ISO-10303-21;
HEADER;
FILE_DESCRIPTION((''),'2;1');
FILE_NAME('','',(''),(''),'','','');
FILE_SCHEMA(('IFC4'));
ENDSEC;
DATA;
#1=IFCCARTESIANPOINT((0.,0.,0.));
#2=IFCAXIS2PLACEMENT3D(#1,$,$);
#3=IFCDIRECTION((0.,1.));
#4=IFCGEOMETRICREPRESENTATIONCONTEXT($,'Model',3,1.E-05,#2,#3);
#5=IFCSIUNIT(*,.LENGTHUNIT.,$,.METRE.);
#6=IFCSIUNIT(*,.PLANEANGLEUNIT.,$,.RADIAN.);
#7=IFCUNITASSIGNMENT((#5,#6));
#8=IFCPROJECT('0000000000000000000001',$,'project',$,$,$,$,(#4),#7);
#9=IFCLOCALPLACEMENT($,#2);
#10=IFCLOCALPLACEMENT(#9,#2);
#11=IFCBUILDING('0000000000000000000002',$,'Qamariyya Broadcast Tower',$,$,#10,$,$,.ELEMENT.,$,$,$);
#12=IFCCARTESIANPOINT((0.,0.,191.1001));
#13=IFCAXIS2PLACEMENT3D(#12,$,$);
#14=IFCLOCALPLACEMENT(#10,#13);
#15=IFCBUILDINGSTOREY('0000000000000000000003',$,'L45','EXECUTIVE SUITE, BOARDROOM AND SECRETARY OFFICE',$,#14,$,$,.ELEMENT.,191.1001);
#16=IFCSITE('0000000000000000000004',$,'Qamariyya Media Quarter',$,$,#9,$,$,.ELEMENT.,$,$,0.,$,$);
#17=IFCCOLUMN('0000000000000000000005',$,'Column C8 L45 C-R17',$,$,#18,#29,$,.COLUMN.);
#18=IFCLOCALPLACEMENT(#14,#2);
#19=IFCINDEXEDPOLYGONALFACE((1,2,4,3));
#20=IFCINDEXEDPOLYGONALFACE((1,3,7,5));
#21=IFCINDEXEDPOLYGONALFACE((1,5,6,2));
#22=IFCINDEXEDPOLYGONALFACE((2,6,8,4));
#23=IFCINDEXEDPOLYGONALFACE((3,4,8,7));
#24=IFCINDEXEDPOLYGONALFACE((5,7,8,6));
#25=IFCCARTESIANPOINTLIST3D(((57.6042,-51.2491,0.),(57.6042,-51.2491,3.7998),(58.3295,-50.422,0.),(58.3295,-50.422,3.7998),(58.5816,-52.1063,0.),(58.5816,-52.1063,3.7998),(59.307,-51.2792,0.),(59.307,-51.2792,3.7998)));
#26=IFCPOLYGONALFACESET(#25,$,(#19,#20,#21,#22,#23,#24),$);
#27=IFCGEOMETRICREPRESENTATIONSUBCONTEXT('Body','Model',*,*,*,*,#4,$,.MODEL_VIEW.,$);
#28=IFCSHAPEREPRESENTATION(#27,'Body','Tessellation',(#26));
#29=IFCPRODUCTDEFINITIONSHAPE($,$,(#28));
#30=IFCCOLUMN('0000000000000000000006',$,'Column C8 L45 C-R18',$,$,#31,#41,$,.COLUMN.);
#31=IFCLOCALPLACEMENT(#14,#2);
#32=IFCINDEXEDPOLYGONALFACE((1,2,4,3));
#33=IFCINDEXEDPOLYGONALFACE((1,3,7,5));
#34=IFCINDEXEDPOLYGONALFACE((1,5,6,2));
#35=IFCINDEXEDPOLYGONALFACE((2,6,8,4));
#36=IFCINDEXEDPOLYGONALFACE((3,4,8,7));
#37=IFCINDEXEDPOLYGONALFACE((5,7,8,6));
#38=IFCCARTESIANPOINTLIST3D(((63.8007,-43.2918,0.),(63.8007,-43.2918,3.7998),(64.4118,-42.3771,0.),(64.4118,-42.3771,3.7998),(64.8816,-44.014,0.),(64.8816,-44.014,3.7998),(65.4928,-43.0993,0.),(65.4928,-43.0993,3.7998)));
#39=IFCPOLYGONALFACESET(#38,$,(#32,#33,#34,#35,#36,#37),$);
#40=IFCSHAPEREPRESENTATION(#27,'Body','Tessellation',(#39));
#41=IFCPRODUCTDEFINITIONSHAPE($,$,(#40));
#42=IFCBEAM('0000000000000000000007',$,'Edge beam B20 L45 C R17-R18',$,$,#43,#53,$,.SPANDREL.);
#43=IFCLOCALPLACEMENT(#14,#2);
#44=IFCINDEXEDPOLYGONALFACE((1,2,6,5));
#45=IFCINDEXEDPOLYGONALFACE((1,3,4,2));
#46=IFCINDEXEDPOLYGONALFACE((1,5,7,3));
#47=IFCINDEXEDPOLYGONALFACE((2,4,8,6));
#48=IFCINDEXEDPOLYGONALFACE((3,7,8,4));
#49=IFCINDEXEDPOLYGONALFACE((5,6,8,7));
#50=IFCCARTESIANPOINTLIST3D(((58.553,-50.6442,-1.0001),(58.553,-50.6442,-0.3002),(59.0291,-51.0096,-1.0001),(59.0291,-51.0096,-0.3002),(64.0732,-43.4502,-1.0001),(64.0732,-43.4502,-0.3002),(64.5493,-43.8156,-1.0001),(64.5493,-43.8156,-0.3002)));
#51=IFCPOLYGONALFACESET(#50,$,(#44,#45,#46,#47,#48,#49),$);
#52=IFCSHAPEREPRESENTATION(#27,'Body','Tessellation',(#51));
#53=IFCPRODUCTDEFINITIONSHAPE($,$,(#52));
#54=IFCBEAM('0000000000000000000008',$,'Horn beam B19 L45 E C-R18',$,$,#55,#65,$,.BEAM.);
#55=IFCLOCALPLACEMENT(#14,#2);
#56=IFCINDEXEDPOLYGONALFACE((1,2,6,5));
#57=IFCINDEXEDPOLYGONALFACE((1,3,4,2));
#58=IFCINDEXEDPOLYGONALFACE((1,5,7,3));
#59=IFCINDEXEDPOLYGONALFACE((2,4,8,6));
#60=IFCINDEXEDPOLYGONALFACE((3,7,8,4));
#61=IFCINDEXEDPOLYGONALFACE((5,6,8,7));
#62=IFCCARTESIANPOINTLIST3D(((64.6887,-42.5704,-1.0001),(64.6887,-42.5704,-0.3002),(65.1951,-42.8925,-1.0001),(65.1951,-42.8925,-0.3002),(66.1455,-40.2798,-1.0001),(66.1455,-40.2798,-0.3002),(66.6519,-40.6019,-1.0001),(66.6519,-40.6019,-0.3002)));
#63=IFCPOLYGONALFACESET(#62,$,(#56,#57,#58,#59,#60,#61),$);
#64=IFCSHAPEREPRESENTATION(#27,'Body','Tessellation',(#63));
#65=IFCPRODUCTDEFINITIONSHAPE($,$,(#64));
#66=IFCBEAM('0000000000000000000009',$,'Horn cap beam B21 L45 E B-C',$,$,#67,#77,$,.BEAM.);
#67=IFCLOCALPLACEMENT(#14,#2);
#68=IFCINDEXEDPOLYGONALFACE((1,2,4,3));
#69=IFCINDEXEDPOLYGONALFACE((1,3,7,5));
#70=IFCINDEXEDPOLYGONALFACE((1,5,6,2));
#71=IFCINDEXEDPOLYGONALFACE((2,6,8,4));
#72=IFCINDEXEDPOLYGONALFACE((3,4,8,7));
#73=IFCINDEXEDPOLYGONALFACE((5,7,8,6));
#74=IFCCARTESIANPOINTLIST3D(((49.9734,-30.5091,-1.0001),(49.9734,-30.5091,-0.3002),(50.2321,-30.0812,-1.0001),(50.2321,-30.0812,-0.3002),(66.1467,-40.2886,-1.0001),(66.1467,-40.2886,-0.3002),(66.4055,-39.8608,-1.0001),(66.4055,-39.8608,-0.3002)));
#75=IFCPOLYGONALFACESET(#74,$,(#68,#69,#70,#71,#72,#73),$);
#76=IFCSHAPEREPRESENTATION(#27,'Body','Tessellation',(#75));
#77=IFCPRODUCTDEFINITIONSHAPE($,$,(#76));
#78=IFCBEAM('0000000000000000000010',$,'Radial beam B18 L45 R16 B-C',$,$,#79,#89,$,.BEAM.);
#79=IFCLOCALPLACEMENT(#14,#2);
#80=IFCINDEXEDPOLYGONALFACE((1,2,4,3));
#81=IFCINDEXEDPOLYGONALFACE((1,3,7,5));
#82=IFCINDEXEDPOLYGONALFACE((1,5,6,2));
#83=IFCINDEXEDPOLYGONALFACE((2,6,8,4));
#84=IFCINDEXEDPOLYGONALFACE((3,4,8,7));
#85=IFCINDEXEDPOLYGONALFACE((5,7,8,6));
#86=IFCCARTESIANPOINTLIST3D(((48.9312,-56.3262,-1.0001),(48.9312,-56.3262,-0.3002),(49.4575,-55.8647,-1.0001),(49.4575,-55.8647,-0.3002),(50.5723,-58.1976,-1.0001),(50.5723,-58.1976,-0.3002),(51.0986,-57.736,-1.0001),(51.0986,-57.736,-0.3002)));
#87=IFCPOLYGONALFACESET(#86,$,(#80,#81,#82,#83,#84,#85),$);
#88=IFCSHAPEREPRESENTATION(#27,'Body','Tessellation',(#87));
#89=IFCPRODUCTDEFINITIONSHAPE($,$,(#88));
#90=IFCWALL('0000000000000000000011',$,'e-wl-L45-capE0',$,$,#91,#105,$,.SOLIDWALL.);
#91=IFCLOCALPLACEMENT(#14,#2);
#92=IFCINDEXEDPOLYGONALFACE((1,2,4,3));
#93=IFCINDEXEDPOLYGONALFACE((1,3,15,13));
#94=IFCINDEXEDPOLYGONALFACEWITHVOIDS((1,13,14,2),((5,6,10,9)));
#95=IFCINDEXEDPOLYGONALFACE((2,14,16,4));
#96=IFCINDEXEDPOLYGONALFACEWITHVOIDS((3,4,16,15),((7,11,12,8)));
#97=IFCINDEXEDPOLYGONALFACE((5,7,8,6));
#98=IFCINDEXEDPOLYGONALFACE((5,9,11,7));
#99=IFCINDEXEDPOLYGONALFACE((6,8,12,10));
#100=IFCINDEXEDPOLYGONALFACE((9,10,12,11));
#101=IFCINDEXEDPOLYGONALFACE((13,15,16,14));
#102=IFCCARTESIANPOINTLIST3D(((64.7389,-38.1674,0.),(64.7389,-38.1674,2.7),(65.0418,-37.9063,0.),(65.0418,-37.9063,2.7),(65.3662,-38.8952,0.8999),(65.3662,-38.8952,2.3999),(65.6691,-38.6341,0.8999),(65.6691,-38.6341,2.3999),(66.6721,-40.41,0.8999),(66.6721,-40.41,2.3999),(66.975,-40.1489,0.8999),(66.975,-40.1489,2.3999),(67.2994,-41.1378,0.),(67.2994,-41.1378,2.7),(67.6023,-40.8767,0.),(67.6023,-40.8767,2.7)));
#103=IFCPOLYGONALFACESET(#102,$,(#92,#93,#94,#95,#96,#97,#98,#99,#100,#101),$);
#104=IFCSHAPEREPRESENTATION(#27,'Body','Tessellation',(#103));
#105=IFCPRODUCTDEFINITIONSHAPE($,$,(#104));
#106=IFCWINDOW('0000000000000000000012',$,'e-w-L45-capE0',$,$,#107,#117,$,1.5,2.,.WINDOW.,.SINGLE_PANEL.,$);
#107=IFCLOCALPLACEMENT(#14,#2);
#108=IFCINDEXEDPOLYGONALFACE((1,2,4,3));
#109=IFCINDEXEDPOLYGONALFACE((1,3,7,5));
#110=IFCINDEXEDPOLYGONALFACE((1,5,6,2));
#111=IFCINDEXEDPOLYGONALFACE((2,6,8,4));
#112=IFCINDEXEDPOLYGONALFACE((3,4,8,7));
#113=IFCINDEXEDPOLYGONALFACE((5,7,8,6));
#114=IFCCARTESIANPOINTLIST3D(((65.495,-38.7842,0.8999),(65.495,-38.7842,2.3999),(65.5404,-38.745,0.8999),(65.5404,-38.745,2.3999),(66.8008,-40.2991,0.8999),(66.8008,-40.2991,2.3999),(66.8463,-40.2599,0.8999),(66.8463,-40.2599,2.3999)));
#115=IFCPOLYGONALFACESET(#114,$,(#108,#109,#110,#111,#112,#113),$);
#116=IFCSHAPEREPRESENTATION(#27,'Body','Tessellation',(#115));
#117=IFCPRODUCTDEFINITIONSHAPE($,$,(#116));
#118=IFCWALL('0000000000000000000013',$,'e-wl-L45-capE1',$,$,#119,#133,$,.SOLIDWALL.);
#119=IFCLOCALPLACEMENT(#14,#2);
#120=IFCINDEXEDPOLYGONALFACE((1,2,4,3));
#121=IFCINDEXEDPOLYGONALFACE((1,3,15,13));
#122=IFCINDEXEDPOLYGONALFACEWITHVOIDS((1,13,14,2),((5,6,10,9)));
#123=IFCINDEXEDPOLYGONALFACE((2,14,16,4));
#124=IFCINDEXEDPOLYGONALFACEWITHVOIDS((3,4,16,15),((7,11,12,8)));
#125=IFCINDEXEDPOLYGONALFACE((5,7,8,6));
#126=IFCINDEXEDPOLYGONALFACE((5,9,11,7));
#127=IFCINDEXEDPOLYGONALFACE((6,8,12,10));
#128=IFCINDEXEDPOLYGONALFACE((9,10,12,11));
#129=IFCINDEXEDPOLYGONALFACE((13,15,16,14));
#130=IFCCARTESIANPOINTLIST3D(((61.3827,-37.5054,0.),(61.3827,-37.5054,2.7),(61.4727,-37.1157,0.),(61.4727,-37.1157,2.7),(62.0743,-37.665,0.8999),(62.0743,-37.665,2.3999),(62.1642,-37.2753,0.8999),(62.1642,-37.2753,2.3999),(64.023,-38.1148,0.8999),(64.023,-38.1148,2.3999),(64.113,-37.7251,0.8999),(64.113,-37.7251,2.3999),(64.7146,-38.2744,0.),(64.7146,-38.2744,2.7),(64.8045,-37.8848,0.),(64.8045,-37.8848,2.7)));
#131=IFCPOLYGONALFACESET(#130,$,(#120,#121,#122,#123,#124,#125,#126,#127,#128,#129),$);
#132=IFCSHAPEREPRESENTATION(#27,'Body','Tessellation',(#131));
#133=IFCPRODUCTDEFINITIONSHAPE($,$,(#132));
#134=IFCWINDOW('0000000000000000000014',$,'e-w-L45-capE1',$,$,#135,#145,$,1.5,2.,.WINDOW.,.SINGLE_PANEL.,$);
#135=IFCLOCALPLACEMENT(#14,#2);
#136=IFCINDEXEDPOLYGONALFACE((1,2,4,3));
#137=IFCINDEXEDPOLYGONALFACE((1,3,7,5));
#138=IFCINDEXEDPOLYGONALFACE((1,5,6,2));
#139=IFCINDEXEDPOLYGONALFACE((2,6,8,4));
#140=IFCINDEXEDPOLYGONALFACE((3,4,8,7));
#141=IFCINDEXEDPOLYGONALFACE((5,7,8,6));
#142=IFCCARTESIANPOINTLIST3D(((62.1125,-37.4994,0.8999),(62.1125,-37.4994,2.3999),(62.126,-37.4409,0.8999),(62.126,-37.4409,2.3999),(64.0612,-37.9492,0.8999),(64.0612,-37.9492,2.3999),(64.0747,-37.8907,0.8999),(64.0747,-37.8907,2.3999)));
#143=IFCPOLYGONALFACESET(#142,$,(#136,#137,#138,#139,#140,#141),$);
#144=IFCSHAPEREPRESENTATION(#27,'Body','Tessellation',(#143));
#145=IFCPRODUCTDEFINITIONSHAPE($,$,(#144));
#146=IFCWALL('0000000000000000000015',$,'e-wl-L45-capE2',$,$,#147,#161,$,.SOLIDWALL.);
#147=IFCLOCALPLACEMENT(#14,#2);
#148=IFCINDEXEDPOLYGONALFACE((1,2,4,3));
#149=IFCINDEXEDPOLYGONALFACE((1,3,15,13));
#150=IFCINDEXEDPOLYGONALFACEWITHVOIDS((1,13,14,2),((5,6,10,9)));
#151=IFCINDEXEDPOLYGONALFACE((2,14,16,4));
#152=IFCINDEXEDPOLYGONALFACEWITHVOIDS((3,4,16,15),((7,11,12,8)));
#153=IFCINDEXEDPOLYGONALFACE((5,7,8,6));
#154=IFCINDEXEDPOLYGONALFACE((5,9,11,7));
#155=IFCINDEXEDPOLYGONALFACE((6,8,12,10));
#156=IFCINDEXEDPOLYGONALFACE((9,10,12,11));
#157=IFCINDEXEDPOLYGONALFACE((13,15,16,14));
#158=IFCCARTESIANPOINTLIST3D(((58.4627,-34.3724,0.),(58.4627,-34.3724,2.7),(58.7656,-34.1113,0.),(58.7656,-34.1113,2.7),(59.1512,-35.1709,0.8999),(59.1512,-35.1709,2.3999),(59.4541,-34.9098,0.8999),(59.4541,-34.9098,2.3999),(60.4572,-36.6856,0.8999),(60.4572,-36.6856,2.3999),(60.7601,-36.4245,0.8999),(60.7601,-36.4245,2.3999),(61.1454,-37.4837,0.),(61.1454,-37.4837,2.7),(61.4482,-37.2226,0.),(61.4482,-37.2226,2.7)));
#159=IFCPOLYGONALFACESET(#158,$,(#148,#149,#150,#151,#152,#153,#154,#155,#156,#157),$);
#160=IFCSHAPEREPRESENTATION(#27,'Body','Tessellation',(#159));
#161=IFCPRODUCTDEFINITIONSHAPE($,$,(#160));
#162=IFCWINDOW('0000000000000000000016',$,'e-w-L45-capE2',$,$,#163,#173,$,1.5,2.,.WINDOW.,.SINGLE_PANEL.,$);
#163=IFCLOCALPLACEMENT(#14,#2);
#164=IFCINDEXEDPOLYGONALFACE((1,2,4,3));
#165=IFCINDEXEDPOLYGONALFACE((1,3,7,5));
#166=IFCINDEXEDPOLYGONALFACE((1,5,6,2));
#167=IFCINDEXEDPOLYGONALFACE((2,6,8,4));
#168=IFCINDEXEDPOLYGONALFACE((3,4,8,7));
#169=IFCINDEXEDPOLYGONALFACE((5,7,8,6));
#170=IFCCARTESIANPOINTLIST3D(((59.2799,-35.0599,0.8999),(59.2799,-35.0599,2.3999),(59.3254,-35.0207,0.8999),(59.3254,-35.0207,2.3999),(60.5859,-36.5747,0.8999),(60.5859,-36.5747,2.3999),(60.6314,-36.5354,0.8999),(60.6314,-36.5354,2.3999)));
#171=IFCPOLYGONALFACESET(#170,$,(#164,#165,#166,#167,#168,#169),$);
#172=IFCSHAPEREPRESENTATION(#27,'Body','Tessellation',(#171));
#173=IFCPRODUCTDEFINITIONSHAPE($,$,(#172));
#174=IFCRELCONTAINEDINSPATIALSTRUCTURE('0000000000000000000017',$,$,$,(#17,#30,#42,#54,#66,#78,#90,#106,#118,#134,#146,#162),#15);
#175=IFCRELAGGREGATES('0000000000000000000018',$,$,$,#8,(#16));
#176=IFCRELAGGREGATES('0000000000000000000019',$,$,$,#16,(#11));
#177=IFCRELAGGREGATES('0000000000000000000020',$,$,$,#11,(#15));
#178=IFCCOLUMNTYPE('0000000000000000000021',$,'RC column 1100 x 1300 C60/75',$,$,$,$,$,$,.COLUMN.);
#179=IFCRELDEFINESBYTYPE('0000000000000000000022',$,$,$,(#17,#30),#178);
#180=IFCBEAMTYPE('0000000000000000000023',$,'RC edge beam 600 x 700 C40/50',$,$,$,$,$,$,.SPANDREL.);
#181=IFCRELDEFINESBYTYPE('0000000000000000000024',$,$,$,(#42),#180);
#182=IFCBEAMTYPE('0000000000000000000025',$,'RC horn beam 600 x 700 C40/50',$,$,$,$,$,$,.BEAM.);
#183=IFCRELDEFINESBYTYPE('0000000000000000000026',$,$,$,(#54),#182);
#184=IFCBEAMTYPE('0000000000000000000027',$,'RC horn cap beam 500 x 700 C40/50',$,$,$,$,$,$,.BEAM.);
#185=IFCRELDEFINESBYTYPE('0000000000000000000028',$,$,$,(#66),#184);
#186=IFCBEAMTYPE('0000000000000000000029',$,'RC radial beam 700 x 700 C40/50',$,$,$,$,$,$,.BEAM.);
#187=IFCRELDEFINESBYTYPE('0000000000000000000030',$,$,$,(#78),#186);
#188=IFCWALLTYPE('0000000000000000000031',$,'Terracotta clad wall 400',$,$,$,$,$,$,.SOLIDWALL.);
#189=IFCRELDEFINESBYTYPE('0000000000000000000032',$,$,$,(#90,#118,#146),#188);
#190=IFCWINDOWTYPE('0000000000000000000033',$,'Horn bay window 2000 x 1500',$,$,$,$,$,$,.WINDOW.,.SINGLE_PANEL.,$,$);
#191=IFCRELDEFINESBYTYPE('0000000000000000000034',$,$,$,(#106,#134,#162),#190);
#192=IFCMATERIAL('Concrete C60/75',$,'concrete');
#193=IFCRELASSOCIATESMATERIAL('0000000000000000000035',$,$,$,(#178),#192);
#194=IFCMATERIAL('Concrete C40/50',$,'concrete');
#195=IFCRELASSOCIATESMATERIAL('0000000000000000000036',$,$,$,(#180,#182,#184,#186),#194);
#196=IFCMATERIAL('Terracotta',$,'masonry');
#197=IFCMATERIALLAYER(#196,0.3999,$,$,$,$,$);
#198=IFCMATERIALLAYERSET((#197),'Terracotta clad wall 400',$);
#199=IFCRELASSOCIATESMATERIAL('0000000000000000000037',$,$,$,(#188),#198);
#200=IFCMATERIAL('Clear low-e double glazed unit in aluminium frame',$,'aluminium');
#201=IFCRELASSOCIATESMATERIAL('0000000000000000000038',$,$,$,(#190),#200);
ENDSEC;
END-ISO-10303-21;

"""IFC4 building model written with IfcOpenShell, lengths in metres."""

from ifc_helpers import new_model, si_unit, direction, frame, frame_2d, origin, origin_2d, place, context, subcontext, project, spatial, rectangle, extrude, material, layer, layer_set, material_profile, profile_set, type_object, element, fill, save


model = new_model("IFC4")

# Units and contexts
model_context = context("Model", 3, precision=1e-05, world=origin(), true_north=direction((0.0, 1.0)))
body_context = subcontext(model_context, "Body", "Model", "MODEL_VIEW")
ifc_project = project(units=[si_unit("LENGTHUNIT", "METRE"), si_unit("PLANEANGLEUNIT", "RADIAN")], contexts=[model_context])

# Site, building, storey
site_placement = place(None, origin())
site = spatial("IfcSite", under=ifc_project, at=site_placement, Name="Qamariyya Media Quarter", CompositionType="ELEMENT", RefElevation=0.0)
building_placement = place(site_placement, origin())
building = spatial("IfcBuilding", under=site, at=building_placement, Name="Qamariyya Broadcast Tower", CompositionType="ELEMENT")
storey_placement = place(building_placement, frame((0.0, 0.0, 191.1001)))
storey = spatial("IfcBuildingStorey", under=building, at=storey_placement, Name="L45", Description="EXECUTIVE SUITE, BOARDROOM AND SECRETARY OFFICE", CompositionType="ELEMENT", Elevation=191.1001)

# Columns
ifc_material_1 = material(Name="Concrete C60/75", Category="concrete")
ifc_material_profile_1 = material_profile(ifc_material_1, rectangle(XDim=1.1001, YDim=1.3, at=origin_2d()))
ifc_profile_set_1 = profile_set([ifc_material_profile_1], Name="Concrete C60/75")
column_type = type_object("IfcColumnType", Name="RC column 1100 x 1300 C60/75", PredefinedType="COLUMN", material=ifc_profile_set_1)
for number, where, z_axis, x_axis, name in (
    (1, (58.4556, -51.2642, 0.0), (0.0, 0.0, 1.0), (0.659346, 0.75184, 0.0), "Column C8 L45 C-R17"),
    (2, (64.6467, -43.1956, 0.0), (0.0, 0.0, 1.0), (0.55557, 0.83147, 0.0), "Column C8 L45 C-R18"),
):
    element("IfcColumn", number, at=place(storey_placement, frame(where, z_axis=z_axis, x_axis=x_axis)), inside=storey, type_object=column_type, Name=name, PredefinedType="COLUMN", context=body_context, shape_type="SweptSolid", body=[
        extrude(rectangle(XDim=1.1001, YDim=1.3, at=origin_2d()), origin(), (0.0, 0.0, 1.0), 3.7998),
    ])

# Beams
ifc_material_2 = material(Name="Concrete C40/50", Category="concrete")
ifc_material_profile_2 = material_profile(ifc_material_2, rectangle(XDim=0.6001, YDim=0.7, at=origin_2d()))
ifc_profile_set_2 = profile_set([ifc_material_profile_2], Name="Concrete C40/50")
beam_type_1 = type_object("IfcBeamType", Name="RC edge beam 600 x 700 C40/50", PredefinedType="SPANDREL", material=ifc_profile_set_2)
beam_1_placement = place(storey_placement, frame((58.791, -50.8269, -0.6501), z_axis=(0.608764, 0.793351, 0.0), x_axis=(-0.793351, 0.608764, 0.0)))
element("IfcBeam", 3, at=beam_1_placement, inside=storey, type_object=beam_type_1, Name="Edge beam B20 L45 C R17-R18", PredefinedType="SPANDREL", context=body_context, shape_type="SweptSolid", body=[
    extrude(rectangle(XDim=0.6001, YDim=0.7, at=origin_2d()), origin(), (0.0, 0.0, 1.0), 9.0679),
])
ifc_material_profile_3 = material_profile(ifc_material_2, rectangle(XDim=0.6001, YDim=0.7, at=origin_2d()))
ifc_profile_set_3 = profile_set([ifc_material_profile_3], Name="Concrete C40/50")
beam_type_2 = type_object("IfcBeamType", Name="RC horn beam 600 x 700 C40/50", PredefinedType="BEAM", material=ifc_profile_set_3)
beam_2_placement = place(storey_placement, frame((64.9419, -42.7314, -0.6501), z_axis=(0.53666, 0.843798, 0.0), x_axis=(-0.843798, 0.53666, 0.0)))
element("IfcBeam", 4, at=beam_2_placement, inside=storey, type_object=beam_type_2, Name="Horn beam B19 L45 E C-R18", PredefinedType="BEAM", context=body_context, shape_type="SweptSolid", body=[
    extrude(rectangle(XDim=0.6001, YDim=0.7, at=origin_2d()), origin(), (0.0, 0.0, 1.0), 2.7146),
])
ifc_material_profile_4 = material_profile(ifc_material_2, rectangle(XDim=0.5, YDim=0.7, at=origin_2d()))
ifc_profile_set_4 = profile_set([ifc_material_profile_4], Name="Concrete C40/50")
beam_type_3 = type_object("IfcBeamType", Name="RC horn cap beam 500 x 700 C40/50", PredefinedType="BEAM", material=ifc_profile_set_4)
beam_3_placement = place(storey_placement, frame((50.1028, -30.2952, -0.6501), z_axis=(0.855725, -0.517431, 0.0), x_axis=(0.517431, 0.855725, 0.0)))
element("IfcBeam", 5, at=beam_3_placement, inside=storey, type_object=beam_type_3, Name="Horn cap beam B21 L45 E B-C", PredefinedType="BEAM", context=body_context, shape_type="SweptSolid", body=[
    extrude(rectangle(XDim=0.5, YDim=0.7, at=origin_2d()), origin(), (0.0, 0.0, 1.0), 18.9001),
])
ifc_material_profile_5 = material_profile(ifc_material_2, rectangle(XDim=0.7, YDim=0.7, at=origin_2d()))
ifc_profile_set_5 = profile_set([ifc_material_profile_5], Name="Concrete C40/50")
beam_type_4 = type_object("IfcBeamType", Name="RC radial beam 700 x 700 C40/50", PredefinedType="BEAM", material=ifc_profile_set_5)
beam_4_placement = place(storey_placement, frame((49.1943, -56.0955, -0.6501), z_axis=(0.659344, -0.751841, 0.0), x_axis=(0.751841, 0.659344, 0.0)))
element("IfcBeam", 6, at=beam_4_placement, inside=storey, type_object=beam_type_4, Name="Radial beam B18 L45 R16 B-C", PredefinedType="BEAM", context=body_context, shape_type="SweptSolid", body=[
    extrude(rectangle(XDim=0.7, YDim=0.7, at=origin_2d()), origin(), (0.0, 0.0, 1.0), 2.489),
])

# Walls, openings, windows
ifc_material_3 = material(Name="Terracotta", Category="masonry")
ifc_layer = layer(ifc_material_3, 0.3999)
ifc_layer_set = layer_set([ifc_layer], Name="Terracotta clad wall 400")
wall_type = type_object("IfcWallType", Name="Terracotta clad wall 400", PredefinedType="SOLIDWALL", material=ifc_layer_set)
wall_1_placement = place(storey_placement, frame((67.4509, -41.0073, 0.0), z_axis=(0.0, 0.0, 1.0), x_axis=(-0.652911, 0.757434, 0.0)))
wall_1 = element("IfcWall", 7, at=wall_1_placement, inside=storey, type_object=wall_type, Name="e-wl-L45-capE0", PredefinedType="SOLIDWALL", context=body_context, shape_type="SweptSolid", body=[
    extrude(rectangle(XDim=3.9216, YDim=0.3999, at=frame_2d((1.9609, 0.0))), origin(), (0.0, 0.0, 1.0), 2.7),
])
opening_1_placement = place(wall_1_placement, frame((0.9609, 0.0, 0.8999)))
opening_1 = element("IfcOpeningElement", 8, at=opening_1_placement, cuts=wall_1, PredefinedType="OPENING", context=body_context, shape_type="SweptSolid", body=[
    extrude(rectangle(XDim=2.0, YDim=1.5, at=frame_2d((1.0, 0.75))), frame((0.0, 0.21, 0.0), z_axis=(0.0, -1.0, 0.0), x_axis=(1.0, 0.0, 0.0)), (0.0, 0.0, 1.0), 0.4199),
])
ifc_material_4 = material(Name="Clear low-e double glazed unit in aluminium frame", Category="aluminium")
window_type = type_object("IfcWindowType", Name="Horn bay window 2000 x 1500", PartitioningType="SINGLE_PANEL", PredefinedType="WINDOW", material=ifc_material_4)
window_1_placement = place(opening_1_placement, origin())
window_1 = element("IfcWindow", 9, at=window_1_placement, inside=storey, type_object=window_type, Name="e-w-L45-capE0", OverallHeight=1.5, OverallWidth=2.0, PartitioningType="SINGLE_PANEL", PredefinedType="WINDOW", context=body_context, shape_type="SweptSolid", body=[
    extrude(rectangle(XDim=2.0, YDim=1.5, at=frame_2d((1.0, 0.75))), frame((0.0, 0.03, 0.0), z_axis=(0.0, -1.0, 0.0), x_axis=(1.0, 0.0, 0.0)), (0.0, 0.0, 1.0), 0.0601),
])
fill(opening_1, window_1)
wall_2_placement = place(storey_placement, frame((64.7595, -38.0796, 0.0), z_axis=(0.0, 0.0, 1.0), x_axis=(-0.97438, 0.224906, 0.0)))
wall_2 = element("IfcWall", 10, at=wall_2_placement, inside=storey, type_object=wall_type, Name="e-wl-L45-capE1", PredefinedType="SOLIDWALL", context=body_context, shape_type="SweptSolid", body=[
    extrude(rectangle(XDim=3.4194, YDim=0.3999, at=frame_2d((1.7097, 0.0))), origin(), (0.0, 0.0, 1.0), 2.7),
])
opening_2_placement = place(wall_2_placement, frame((0.7097, 0.0, 0.8999)))
opening_2 = element("IfcOpeningElement", 11, at=opening_2_placement, cuts=wall_2, PredefinedType="OPENING", context=body_context, shape_type="SweptSolid", body=[
    extrude(rectangle(XDim=2.0, YDim=1.5, at=frame_2d((1.0, 0.75))), frame((0.0, 0.21, 0.0), z_axis=(0.0, -1.0, 0.0), x_axis=(1.0, 0.0, 0.0)), (0.0, 0.0, 1.0), 0.4199),
])
window_2_placement = place(opening_2_placement, origin())
window_2 = element("IfcWindow", 12, at=window_2_placement, inside=storey, type_object=window_type, Name="e-w-L45-capE1", OverallHeight=1.5, OverallWidth=2.0, PartitioningType="SINGLE_PANEL", PredefinedType="WINDOW", context=body_context, shape_type="SweptSolid", body=[
    extrude(rectangle(XDim=2.0, YDim=1.5, at=frame_2d((1.0, 0.75))), frame((0.0, 0.03, 0.0), z_axis=(0.0, -1.0, 0.0), x_axis=(1.0, 0.0, 0.0)), (0.0, 0.0, 1.0), 0.0601),
])
fill(opening_2, window_2)
wall_3_placement = place(storey_placement, frame((61.2969, -37.3533, 0.0), z_axis=(0.0, 0.0, 1.0), x_axis=(-0.653001, 0.757357, 0.0)))
wall_3 = element("IfcWall", 13, at=wall_3_placement, inside=storey, type_object=wall_type, Name="e-wl-L45-capE2", PredefinedType="SOLIDWALL", context=body_context, shape_type="SweptSolid", body=[
    extrude(rectangle(XDim=4.1082, YDim=0.3999, at=frame_2d((2.0542, 0.0))), origin(), (0.0, 0.0, 1.0), 2.7),
])
opening_3_placement = place(wall_3_placement, frame((1.054, 0.0, 0.8999)))
opening_3 = element("IfcOpeningElement", 14, at=opening_3_placement, cuts=wall_3, PredefinedType="OPENING", context=body_context, shape_type="SweptSolid", body=[
    extrude(rectangle(XDim=2.0, YDim=1.5, at=frame_2d((1.0, 0.75))), frame((0.0, 0.21, 0.0), z_axis=(0.0, -1.0, 0.0), x_axis=(1.0, 0.0, 0.0)), (0.0, 0.0, 1.0), 0.4199),
])
window_3_placement = place(opening_3_placement, origin())
window_3 = element("IfcWindow", 15, at=window_3_placement, inside=storey, type_object=window_type, Name="e-w-L45-capE2", OverallHeight=1.5, OverallWidth=2.0, PartitioningType="SINGLE_PANEL", PredefinedType="WINDOW", context=body_context, shape_type="SweptSolid", body=[
    extrude(rectangle(XDim=2.0, YDim=1.5, at=frame_2d((1.0, 0.75))), frame((0.0, 0.03, 0.0), z_axis=(0.0, -1.0, 0.0), x_axis=(1.0, 0.0, 0.0)), (0.0, 0.0, 1.0), 0.0601),
])
fill(opening_3, window_3)

save(model, "model.ifc")
